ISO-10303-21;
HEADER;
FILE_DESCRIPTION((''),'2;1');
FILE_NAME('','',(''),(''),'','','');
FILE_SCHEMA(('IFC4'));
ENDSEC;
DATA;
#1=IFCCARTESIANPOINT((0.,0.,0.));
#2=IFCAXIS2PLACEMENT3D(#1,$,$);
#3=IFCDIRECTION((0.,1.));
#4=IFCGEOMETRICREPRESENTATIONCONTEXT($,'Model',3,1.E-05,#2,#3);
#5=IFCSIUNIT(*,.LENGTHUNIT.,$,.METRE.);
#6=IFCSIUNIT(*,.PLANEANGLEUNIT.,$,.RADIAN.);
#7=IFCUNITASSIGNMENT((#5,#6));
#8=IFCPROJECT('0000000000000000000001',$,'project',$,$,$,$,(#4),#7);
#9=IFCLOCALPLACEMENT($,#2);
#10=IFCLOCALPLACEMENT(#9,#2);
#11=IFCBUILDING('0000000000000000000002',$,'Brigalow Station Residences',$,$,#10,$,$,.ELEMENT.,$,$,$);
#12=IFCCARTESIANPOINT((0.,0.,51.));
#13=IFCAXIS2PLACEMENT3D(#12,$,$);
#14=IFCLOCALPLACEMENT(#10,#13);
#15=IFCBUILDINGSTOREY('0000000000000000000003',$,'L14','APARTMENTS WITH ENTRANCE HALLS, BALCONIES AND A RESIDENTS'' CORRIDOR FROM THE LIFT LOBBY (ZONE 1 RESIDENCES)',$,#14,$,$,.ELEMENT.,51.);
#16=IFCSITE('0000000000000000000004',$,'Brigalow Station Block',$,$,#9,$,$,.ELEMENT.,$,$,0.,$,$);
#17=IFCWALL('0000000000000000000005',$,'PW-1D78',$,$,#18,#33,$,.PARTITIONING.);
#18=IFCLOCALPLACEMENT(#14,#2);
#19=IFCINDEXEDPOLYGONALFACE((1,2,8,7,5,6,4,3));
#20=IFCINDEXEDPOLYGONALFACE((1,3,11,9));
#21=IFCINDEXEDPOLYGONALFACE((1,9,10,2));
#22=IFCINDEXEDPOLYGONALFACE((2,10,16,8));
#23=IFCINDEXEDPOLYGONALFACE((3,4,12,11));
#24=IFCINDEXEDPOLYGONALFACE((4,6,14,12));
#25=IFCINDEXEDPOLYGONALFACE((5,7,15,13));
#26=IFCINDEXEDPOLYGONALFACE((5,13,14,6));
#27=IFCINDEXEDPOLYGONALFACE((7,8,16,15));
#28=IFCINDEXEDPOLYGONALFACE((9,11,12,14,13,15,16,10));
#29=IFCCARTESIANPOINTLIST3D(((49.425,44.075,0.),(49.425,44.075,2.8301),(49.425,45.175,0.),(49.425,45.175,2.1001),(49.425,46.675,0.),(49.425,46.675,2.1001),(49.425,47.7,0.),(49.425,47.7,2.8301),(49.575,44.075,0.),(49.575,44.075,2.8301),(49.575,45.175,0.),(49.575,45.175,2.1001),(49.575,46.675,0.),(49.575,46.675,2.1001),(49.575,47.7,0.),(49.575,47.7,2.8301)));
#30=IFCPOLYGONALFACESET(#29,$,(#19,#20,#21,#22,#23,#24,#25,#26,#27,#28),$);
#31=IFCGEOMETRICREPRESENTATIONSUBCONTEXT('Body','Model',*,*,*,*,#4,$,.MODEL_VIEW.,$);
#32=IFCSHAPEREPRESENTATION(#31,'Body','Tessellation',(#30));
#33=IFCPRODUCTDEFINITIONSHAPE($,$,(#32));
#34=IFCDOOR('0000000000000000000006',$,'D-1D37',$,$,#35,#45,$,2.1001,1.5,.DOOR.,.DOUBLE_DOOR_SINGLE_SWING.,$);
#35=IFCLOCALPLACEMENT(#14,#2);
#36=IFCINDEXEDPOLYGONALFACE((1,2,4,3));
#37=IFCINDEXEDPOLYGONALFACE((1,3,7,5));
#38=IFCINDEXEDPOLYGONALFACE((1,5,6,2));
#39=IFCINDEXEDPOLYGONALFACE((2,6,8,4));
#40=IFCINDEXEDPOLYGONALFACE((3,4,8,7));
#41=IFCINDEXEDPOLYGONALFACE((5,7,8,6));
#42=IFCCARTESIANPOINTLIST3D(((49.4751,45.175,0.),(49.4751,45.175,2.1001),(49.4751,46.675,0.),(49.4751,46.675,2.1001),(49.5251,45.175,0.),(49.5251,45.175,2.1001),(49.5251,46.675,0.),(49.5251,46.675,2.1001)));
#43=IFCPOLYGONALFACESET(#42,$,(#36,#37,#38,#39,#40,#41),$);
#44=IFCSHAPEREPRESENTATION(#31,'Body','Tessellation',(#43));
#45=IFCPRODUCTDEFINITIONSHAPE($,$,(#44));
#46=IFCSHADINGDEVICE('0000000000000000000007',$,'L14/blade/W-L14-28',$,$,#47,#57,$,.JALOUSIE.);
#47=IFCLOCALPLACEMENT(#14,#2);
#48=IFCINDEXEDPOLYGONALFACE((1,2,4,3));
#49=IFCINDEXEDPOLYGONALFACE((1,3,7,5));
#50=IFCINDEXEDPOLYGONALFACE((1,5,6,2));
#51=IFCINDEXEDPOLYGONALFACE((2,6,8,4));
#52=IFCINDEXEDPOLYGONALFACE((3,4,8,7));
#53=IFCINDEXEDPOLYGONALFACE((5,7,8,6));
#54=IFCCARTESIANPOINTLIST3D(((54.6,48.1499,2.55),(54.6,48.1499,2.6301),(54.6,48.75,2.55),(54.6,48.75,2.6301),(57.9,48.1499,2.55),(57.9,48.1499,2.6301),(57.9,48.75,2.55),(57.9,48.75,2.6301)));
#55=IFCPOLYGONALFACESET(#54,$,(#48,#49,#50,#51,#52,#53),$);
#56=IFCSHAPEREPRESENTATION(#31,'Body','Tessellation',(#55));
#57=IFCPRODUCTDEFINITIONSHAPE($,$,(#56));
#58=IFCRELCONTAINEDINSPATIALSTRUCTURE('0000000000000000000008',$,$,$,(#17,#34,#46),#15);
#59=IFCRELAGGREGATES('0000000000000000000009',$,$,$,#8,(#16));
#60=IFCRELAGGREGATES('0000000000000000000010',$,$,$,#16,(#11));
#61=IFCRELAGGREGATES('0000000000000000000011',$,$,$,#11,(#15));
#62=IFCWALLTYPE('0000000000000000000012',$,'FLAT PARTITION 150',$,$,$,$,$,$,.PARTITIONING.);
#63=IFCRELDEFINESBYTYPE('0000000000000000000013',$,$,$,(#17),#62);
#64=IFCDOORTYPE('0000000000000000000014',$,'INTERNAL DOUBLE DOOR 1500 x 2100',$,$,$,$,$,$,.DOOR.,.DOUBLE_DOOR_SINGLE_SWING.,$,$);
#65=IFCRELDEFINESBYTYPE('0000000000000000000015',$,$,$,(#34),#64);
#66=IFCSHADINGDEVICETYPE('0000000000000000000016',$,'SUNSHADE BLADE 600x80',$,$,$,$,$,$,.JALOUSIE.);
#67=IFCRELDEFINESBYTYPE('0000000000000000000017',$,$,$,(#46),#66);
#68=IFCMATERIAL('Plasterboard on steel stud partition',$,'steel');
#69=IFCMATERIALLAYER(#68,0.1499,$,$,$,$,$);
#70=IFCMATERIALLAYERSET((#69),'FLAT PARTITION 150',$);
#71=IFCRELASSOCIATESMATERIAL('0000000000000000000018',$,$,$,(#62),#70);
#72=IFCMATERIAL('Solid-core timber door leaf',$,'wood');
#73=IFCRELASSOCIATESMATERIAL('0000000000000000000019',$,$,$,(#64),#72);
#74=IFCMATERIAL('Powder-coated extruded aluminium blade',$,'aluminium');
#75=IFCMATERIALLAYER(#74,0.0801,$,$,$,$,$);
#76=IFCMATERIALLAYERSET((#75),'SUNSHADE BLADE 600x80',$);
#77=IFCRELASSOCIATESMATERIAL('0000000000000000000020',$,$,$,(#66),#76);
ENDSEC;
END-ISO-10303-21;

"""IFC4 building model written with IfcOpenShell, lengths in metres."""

from ifc_helpers import new_model, si_unit, direction, frame, frame_2d, origin, origin_2d, place, context, subcontext, project, spatial, rectangle, extrude, material, layer, layer_set, type_object, element, fill, save


model = new_model("IFC4")

# Units and contexts
model_context = context("Model", 3, precision=1e-05, world=origin(), true_north=direction((0.0, 1.0)))
body_context = subcontext(model_context, "Body", "Model", "MODEL_VIEW")
ifc_project = project(units=[si_unit("LENGTHUNIT", "METRE"), si_unit("PLANEANGLEUNIT", "RADIAN")], contexts=[model_context])

# Site, building, storey
site_placement = place(None, origin())
site = spatial("IfcSite", under=ifc_project, at=site_placement, Name="Brigalow Station Block", CompositionType="ELEMENT", RefElevation=0.0)
building_placement = place(site_placement, origin())
building = spatial("IfcBuilding", under=site, at=building_placement, Name="Brigalow Station Residences", CompositionType="ELEMENT")
storey_placement = place(building_placement, frame((0.0, 0.0, 51.0)))
storey = spatial("IfcBuildingStorey", under=building, at=storey_placement, Name="L14", Description="APARTMENTS WITH ENTRANCE HALLS, BALCONIES AND A RESIDENTS' CORRIDOR FROM THE LIFT LOBBY (ZONE 1 RESIDENCES)", CompositionType="ELEMENT", Elevation=51.0)

# Shared definitions
ifc_material_1 = material(Name="Plasterboard on steel stud partition", Category="steel")
ifc_layer_1 = layer(ifc_material_1, 0.1499)
ifc_layer_set_1 = layer_set([ifc_layer_1], Name="FLAT PARTITION 150")
wall_type_1 = type_object("IfcWallType", Name="FLAT PARTITION 150", PredefinedType="PARTITIONING", material=ifc_layer_set_1)

# Wall, opening, door
wall_1_placement = place(storey_placement, frame((49.5, 44.075, 0.0), z_axis=(0.0, 0.0, 1.0), x_axis=(0.0, 1.0, 0.0)))
wall_1 = element("IfcWall", 1, at=wall_1_placement, inside=storey, type_object=wall_type_1, Name="PW-1D78", PredefinedType="PARTITIONING", context=body_context, shape_type="SweptSolid", body=[
    extrude(rectangle(XDim=3.625, YDim=0.1499, at=frame_2d((1.8125, 0.0))), origin(), (0.0, 0.0, 1.0), 2.8301),
])
opening_1_placement = place(wall_1_placement, frame((1.1001, 0.0, 0.0)))
opening_1 = element("IfcOpeningElement", 2, at=opening_1_placement, cuts=wall_1, PredefinedType="OPENING", context=body_context, shape_type="SweptSolid", body=[
    extrude(rectangle(XDim=1.5, YDim=2.1001, at=frame_2d((0.75, 1.05))), frame((0.0, 0.085, 0.0), z_axis=(0.0, -1.0, 0.0), x_axis=(1.0, 0.0, 0.0)), (0.0, 0.0, 1.0), 0.1699),
])
ifc_material_2 = material(Name="Solid-core timber door leaf", Category="wood")
door_type_1 = type_object("IfcDoorType", Name="INTERNAL DOUBLE DOOR 1500 x 2100", OperationType="DOUBLE_DOOR_SINGLE_SWING", PredefinedType="DOOR", material=ifc_material_2)
door_1_placement = place(opening_1_placement, origin())
door_1 = element("IfcDoor", 3, at=door_1_placement, inside=storey, type_object=door_type_1, Name="D-1D37", OperationType="DOUBLE_DOOR_SINGLE_SWING", OverallHeight=2.1001, OverallWidth=1.5, PredefinedType="DOOR", context=body_context, shape_type="SweptSolid", body=[
    extrude(rectangle(XDim=1.5, YDim=2.1001, at=frame_2d((0.75, 1.05))), frame((0.0, 0.0249, 0.0), z_axis=(0.0, -1.0, 0.0), x_axis=(1.0, 0.0, 0.0)), (0.0, 0.0, 1.0), 0.05),
])
fill(opening_1, door_1)

# Shading device
ifc_material_3 = material(Name="Powder-coated extruded aluminium blade", Category="aluminium")
ifc_layer_2 = layer(ifc_material_3, 0.0801)
ifc_layer_set_2 = layer_set([ifc_layer_2], Name="SUNSHADE BLADE 600x80")
shading_device_type = type_object("IfcShadingDeviceType", Name="SUNSHADE BLADE 600x80", PredefinedType="JALOUSIE", material=ifc_layer_set_2)
shading_device_placement = place(storey_placement, frame((56.25, 48.45, 2.55), z_axis=(0.0, 0.0, 1.0), x_axis=(-1.0, 0.0, 0.0)))
element("IfcShadingDevice", 4, at=shading_device_placement, inside=storey, type_object=shading_device_type, Name="L14/blade/W-L14-28", PredefinedType="JALOUSIE", context=body_context, shape_type="SweptSolid", body=[
    extrude(rectangle(XDim=3.3, YDim=0.6001, at=origin_2d()), origin(), (0.0, 0.0, 1.0), 0.0801),
])

save(model, "model.ifc")
